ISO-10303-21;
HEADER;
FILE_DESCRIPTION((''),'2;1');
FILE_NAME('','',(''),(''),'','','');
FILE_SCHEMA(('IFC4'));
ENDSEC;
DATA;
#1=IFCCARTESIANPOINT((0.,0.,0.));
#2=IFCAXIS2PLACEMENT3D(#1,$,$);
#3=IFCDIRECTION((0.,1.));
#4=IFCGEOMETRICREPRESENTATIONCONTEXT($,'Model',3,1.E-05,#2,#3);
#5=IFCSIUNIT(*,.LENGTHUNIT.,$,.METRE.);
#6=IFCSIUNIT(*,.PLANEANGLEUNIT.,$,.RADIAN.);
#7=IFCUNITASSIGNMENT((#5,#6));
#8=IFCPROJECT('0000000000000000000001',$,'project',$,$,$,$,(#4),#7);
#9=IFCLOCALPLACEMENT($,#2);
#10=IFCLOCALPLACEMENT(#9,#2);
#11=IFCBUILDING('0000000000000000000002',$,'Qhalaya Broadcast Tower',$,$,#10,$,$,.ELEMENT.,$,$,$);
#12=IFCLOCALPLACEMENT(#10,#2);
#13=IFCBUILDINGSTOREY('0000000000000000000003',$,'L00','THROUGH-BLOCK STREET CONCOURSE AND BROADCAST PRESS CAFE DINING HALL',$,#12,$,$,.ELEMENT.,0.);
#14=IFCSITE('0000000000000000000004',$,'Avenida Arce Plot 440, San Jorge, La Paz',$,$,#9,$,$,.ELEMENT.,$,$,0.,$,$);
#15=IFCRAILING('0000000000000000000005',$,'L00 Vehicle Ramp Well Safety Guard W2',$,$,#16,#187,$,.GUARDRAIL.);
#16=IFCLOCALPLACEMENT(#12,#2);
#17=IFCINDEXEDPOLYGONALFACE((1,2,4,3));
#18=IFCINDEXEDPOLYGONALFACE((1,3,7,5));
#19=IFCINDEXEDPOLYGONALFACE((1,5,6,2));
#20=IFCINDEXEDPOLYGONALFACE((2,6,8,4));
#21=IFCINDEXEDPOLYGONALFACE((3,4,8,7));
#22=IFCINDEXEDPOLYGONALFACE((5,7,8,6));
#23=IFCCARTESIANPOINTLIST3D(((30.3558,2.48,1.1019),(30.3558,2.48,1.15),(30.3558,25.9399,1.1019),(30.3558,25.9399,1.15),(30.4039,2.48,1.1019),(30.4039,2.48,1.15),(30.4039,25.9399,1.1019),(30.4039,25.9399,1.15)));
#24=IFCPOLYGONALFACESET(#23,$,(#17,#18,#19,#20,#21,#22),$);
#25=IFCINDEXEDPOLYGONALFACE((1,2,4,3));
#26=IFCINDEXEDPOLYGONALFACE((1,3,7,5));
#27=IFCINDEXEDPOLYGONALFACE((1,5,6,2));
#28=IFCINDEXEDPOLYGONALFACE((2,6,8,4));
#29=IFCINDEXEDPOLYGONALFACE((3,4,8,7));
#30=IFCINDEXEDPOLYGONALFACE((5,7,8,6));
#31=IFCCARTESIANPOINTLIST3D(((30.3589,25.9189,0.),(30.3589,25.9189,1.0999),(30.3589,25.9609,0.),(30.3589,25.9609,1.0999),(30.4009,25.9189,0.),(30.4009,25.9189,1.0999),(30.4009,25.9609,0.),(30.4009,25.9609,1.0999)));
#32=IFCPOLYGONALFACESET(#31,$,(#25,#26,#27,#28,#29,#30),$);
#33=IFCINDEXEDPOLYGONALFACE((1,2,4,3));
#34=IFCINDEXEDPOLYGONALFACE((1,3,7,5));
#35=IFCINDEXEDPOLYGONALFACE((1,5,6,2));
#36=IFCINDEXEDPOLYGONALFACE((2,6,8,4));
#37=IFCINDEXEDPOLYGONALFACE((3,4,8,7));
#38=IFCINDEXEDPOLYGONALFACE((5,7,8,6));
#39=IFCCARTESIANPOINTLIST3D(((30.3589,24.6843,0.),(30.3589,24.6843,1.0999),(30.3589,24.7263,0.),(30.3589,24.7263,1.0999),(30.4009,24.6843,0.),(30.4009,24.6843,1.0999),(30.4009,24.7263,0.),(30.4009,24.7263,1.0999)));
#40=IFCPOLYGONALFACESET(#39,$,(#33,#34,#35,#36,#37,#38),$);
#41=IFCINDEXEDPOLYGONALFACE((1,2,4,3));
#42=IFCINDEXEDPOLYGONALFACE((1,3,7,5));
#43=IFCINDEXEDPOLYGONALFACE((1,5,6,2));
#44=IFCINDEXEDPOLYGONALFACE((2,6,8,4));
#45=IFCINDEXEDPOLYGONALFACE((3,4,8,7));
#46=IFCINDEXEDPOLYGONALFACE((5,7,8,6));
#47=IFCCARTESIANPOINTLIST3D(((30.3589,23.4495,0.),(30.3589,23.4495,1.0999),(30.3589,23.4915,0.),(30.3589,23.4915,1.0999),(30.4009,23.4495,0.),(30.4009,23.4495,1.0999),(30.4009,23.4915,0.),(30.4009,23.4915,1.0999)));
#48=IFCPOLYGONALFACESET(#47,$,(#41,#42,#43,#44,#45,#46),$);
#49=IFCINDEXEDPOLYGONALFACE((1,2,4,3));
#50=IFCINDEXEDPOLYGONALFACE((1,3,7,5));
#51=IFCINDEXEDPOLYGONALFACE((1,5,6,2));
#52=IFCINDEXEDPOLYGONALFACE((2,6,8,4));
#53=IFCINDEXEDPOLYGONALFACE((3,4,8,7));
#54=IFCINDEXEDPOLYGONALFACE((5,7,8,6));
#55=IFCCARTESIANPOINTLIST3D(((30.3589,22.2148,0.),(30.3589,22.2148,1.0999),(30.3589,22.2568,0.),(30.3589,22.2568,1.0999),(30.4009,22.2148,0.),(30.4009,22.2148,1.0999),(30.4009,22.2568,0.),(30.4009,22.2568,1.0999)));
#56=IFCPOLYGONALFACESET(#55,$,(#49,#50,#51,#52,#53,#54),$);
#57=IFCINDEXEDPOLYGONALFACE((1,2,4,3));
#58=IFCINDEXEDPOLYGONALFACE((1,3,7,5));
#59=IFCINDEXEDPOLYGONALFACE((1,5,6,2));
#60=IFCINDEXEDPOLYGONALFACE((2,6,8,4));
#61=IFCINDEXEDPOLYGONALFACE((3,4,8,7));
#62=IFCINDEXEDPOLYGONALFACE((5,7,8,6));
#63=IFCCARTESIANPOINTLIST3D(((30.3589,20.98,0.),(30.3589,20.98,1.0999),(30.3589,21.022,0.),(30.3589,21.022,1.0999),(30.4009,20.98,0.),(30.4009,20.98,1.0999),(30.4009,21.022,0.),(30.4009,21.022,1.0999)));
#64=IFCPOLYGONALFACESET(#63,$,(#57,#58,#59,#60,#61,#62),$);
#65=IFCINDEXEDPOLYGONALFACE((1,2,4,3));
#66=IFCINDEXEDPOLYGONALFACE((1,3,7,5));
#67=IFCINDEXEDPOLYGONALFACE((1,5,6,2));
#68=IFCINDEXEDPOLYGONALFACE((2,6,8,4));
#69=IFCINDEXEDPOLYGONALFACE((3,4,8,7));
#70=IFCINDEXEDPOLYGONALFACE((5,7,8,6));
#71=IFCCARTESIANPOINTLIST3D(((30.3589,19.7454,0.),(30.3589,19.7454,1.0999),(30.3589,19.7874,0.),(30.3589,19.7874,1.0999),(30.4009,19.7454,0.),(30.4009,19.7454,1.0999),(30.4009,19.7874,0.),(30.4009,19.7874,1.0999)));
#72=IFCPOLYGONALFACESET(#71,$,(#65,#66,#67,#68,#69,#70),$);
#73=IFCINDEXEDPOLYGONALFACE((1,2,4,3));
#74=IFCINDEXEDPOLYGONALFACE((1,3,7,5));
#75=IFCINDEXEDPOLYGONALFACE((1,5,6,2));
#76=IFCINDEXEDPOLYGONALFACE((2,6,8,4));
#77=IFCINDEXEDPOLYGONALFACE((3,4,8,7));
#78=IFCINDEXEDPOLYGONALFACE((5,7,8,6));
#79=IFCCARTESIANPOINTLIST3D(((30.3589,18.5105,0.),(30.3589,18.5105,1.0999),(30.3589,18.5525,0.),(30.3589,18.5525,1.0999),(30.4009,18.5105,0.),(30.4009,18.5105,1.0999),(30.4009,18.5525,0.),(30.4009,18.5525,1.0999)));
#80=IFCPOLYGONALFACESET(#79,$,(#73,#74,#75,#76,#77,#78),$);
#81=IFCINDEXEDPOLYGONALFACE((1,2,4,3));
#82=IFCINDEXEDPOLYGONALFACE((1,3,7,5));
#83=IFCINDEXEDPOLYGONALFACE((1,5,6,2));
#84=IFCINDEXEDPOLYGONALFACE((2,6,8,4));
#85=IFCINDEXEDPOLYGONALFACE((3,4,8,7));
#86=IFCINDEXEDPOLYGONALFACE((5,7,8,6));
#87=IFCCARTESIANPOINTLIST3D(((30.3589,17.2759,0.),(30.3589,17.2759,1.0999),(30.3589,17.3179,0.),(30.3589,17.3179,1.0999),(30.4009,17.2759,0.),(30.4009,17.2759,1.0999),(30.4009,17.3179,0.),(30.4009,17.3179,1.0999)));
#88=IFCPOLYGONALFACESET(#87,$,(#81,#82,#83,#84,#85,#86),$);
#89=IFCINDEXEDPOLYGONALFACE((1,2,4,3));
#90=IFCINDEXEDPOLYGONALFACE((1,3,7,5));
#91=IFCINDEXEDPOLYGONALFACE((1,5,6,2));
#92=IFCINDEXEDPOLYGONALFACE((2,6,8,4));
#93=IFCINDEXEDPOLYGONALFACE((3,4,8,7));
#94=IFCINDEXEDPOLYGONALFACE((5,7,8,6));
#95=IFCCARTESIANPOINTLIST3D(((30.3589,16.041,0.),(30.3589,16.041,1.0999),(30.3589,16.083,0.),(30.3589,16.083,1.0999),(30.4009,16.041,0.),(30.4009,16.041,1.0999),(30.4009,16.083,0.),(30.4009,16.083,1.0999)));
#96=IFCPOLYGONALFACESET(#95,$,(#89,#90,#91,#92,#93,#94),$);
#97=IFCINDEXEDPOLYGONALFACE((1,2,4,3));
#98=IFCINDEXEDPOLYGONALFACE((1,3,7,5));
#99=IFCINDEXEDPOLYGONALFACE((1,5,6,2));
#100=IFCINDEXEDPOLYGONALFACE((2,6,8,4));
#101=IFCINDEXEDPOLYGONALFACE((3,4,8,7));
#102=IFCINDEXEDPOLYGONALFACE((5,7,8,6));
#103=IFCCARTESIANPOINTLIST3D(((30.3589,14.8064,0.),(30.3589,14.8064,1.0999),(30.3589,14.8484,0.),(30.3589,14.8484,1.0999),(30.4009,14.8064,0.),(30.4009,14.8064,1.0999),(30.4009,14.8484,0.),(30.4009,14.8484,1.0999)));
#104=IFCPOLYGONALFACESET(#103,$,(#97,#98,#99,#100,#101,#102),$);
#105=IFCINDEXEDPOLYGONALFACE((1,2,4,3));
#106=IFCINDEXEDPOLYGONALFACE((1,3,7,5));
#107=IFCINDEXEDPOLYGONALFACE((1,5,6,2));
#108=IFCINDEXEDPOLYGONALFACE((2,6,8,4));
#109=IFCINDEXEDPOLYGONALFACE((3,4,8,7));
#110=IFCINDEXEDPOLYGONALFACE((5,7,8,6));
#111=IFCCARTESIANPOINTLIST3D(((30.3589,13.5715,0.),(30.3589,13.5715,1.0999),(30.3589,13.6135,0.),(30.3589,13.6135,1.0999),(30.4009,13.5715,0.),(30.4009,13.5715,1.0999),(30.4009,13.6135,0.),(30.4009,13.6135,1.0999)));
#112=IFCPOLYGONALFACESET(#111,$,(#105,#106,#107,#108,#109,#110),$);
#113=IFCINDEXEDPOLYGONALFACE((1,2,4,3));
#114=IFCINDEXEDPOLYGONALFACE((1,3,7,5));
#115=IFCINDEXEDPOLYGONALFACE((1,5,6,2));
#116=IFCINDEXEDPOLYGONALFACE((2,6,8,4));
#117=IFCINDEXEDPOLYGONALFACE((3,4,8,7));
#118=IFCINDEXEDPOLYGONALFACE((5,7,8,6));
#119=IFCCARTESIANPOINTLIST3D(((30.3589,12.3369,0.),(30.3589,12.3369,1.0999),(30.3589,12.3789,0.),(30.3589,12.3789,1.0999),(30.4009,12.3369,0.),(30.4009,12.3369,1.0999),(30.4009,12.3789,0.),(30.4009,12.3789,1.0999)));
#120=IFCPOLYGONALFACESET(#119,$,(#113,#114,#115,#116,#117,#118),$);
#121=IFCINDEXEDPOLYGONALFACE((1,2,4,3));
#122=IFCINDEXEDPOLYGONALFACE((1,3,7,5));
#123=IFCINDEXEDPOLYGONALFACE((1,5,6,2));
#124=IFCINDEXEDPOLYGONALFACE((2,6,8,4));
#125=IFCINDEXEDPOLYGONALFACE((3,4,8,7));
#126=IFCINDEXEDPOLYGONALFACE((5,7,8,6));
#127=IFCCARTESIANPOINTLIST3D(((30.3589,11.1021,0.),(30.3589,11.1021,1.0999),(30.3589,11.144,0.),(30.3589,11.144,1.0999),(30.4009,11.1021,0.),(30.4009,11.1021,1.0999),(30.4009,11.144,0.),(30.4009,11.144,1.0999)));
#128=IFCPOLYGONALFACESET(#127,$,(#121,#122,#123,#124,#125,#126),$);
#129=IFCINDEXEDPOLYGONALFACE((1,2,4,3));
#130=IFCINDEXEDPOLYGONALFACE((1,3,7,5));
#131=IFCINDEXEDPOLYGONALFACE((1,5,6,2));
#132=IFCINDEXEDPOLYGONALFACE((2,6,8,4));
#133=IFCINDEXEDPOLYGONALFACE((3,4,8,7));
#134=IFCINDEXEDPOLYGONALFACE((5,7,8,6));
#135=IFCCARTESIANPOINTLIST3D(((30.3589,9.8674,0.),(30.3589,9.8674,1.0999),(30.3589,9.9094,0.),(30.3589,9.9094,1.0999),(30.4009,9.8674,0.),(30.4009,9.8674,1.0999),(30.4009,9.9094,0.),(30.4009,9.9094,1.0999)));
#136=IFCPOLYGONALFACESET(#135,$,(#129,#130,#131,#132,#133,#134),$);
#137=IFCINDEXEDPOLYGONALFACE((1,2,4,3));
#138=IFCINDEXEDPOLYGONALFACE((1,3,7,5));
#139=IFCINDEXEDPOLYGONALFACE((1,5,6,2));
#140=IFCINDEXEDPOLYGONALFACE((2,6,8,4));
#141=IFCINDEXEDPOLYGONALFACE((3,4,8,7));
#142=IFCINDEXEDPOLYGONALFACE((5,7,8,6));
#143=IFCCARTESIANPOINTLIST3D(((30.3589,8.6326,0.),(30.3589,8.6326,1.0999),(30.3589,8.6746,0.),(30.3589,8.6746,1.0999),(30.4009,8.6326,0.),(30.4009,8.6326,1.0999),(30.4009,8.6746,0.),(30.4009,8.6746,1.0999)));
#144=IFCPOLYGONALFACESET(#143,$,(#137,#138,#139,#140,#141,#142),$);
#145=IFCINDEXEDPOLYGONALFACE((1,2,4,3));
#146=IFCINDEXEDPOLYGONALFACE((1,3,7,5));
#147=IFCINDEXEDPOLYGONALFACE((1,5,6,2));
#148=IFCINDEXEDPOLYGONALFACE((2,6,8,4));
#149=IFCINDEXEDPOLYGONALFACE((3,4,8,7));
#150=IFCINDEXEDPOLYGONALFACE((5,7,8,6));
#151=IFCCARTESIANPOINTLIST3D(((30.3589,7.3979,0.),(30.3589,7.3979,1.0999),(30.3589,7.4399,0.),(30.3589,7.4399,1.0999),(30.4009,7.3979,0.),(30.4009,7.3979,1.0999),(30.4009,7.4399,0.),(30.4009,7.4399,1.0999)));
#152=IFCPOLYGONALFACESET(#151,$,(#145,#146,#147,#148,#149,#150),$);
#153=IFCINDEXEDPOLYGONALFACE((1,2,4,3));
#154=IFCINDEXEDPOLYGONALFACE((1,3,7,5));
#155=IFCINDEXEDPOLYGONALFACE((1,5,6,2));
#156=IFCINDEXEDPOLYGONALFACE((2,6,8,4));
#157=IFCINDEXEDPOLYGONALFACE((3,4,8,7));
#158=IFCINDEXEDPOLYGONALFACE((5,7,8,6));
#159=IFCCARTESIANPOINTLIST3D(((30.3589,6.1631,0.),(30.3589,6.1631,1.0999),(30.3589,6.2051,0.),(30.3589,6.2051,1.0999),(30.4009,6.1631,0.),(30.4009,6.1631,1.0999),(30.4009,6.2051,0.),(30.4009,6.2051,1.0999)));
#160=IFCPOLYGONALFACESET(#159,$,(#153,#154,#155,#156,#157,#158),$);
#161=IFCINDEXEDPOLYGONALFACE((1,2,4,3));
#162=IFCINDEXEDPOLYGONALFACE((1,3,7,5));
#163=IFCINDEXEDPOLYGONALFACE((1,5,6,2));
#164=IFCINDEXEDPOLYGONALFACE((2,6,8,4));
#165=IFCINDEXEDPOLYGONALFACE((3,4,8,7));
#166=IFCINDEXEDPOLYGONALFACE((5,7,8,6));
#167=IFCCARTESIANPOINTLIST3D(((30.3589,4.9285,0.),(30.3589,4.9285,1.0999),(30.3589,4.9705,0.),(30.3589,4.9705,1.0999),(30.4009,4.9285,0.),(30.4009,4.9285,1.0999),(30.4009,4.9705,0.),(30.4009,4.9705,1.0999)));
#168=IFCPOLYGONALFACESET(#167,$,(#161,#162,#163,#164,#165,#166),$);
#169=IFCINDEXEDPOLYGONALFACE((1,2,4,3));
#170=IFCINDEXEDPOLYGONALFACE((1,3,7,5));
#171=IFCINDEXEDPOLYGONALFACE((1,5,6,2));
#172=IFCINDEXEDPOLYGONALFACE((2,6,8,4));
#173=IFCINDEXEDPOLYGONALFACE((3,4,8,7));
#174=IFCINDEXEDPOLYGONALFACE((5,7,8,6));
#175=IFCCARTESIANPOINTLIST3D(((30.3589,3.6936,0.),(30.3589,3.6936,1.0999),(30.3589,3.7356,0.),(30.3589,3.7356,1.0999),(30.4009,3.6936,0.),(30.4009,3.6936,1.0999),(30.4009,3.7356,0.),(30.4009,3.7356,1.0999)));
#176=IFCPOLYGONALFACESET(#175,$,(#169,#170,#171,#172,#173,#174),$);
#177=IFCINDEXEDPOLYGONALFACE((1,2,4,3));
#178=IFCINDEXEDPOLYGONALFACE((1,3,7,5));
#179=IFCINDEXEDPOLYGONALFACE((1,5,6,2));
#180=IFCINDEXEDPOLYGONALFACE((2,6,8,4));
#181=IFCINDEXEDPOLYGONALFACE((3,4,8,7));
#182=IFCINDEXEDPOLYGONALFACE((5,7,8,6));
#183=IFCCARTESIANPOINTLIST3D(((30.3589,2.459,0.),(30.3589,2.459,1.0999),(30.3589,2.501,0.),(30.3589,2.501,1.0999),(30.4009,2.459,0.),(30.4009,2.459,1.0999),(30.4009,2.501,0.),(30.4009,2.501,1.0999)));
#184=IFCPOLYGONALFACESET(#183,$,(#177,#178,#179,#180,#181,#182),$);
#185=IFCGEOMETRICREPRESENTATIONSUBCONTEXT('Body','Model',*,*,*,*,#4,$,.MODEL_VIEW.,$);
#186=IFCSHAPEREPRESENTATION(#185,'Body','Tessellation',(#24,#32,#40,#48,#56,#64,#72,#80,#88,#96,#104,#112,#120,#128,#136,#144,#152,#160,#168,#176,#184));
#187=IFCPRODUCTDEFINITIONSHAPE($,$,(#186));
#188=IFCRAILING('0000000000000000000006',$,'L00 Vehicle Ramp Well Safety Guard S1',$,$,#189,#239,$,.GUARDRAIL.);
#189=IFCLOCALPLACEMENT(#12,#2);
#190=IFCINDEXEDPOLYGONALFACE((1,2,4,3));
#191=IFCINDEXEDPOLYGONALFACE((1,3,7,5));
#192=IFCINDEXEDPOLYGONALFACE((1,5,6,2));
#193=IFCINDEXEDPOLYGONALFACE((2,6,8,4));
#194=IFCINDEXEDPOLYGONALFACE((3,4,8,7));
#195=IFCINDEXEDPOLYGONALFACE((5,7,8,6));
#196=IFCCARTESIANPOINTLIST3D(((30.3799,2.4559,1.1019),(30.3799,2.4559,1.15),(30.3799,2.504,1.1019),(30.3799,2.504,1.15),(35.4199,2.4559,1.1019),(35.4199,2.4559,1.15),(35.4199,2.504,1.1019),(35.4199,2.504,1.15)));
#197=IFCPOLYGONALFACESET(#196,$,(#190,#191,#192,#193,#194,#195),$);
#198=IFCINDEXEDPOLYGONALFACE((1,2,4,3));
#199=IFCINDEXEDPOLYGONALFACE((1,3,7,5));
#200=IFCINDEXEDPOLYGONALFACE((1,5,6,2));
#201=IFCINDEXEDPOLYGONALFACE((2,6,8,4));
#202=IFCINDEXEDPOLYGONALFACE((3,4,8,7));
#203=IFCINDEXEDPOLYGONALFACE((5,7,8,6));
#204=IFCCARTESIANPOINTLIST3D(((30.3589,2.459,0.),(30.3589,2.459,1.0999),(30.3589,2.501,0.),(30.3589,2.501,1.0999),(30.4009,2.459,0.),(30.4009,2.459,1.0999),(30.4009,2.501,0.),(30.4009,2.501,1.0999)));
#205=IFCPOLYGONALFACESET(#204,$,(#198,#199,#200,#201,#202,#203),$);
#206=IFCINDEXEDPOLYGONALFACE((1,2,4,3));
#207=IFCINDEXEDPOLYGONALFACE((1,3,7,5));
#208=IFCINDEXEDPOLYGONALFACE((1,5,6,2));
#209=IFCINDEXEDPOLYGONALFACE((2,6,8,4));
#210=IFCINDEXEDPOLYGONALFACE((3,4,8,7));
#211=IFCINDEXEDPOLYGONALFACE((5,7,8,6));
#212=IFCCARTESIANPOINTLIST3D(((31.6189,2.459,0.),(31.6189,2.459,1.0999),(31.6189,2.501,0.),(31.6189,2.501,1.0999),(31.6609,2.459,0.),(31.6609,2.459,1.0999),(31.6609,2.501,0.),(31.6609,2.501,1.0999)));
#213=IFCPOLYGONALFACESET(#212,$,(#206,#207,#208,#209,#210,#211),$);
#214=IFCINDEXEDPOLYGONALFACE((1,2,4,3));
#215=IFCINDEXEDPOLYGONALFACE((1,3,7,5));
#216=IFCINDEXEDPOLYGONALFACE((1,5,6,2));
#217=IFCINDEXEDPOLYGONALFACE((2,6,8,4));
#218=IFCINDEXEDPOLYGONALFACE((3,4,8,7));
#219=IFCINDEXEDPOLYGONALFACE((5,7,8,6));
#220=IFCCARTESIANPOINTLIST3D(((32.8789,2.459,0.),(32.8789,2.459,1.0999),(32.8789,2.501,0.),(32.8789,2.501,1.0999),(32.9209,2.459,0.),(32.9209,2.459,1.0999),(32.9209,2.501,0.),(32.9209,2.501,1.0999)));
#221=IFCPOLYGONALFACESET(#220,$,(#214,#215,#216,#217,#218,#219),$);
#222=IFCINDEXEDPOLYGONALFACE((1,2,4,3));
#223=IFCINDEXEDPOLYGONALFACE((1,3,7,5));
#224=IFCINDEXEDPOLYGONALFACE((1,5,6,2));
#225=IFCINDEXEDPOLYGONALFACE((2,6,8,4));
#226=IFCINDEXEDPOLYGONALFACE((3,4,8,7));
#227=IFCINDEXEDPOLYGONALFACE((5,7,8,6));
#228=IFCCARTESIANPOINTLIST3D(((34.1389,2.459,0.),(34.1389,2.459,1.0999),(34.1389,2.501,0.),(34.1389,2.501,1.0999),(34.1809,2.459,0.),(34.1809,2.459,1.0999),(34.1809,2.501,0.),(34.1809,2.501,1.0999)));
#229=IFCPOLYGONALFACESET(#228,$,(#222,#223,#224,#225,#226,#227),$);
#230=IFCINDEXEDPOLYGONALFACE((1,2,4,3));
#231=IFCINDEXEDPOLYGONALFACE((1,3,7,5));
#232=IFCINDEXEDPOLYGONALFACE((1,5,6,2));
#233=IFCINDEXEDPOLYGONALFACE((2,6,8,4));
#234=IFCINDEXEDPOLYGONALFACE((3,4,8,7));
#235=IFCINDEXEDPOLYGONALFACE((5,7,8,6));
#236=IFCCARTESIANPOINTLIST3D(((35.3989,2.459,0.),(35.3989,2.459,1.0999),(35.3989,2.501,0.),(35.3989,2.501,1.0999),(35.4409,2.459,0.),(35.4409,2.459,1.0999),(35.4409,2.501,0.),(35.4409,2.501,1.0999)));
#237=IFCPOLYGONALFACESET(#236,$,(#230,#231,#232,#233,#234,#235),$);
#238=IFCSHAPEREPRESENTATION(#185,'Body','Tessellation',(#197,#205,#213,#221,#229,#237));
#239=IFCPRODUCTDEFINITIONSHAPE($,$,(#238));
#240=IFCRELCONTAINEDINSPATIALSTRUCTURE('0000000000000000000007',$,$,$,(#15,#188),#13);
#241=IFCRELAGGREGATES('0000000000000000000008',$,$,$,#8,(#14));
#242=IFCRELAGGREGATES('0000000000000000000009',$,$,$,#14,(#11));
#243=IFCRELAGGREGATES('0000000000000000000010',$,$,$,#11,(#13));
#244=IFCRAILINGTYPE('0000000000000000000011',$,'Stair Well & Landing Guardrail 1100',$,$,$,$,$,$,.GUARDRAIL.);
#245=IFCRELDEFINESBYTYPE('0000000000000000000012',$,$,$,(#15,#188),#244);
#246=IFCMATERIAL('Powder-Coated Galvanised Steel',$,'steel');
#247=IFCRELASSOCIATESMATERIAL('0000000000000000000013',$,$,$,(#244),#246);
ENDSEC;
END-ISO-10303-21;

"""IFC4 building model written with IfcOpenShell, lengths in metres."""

from ifc_helpers import new_model, si_unit, direction, frame, origin, origin_2d, place, context, subcontext, project, spatial, rectangle, extrude, material, type_object, element, save


model = new_model("IFC4")

# Units and contexts
model_context = context("Model", 3, precision=1e-05, world=origin(), true_north=direction((0.0, 1.0)))
body_context = subcontext(model_context, "Body", "Model", "MODEL_VIEW")
ifc_project = project(units=[si_unit("LENGTHUNIT", "METRE"), si_unit("PLANEANGLEUNIT", "RADIAN")], contexts=[model_context])

# Site, building, storey
site_placement = place(None, origin())
site = spatial("IfcSite", under=ifc_project, at=site_placement, Name="Avenida Arce Plot 440, San Jorge, La Paz", CompositionType="ELEMENT", RefElevation=0.0)
building_placement = place(site_placement, origin())
building = spatial("IfcBuilding", under=site, at=building_placement, Name="Qhalaya Broadcast Tower", CompositionType="ELEMENT")
storey_placement = place(building_placement, origin())
storey = spatial("IfcBuildingStorey", under=building, at=storey_placement, Name="L00", Description="THROUGH-BLOCK STREET CONCOURSE AND BROADCAST PRESS CAFE DINING HALL", CompositionType="ELEMENT", Elevation=0.0)

# Railings
ifc_material_1 = material(Name="Powder-Coated Galvanised Steel", Category="steel")
railing_type = type_object("IfcRailingType", Name="Stair Well & Landing Guardrail 1100", PredefinedType="GUARDRAIL", material=ifc_material_1)
railing_1_placement = place(storey_placement, frame((30.3799, 25.9399, 0.0)))
element("IfcRailing", 1, at=railing_1_placement, inside=storey, type_object=railing_type, Name="L00 Vehicle Ramp Well Safety Guard W2", PredefinedType="GUARDRAIL", context=body_context, shape_type="SweptSolid", body=[
    extrude(rectangle(XDim=0.0481, YDim=0.0481, at=origin_2d()), frame((0.0, 0.0, 1.126), z_axis=(0.0, -1.0, 0.0), x_axis=(1.0, 0.0, 0.0)), (0.0, 0.0, 1.0), 23.46),
    extrude(rectangle(XDim=0.042, YDim=0.042, at=origin_2d()), origin(), (0.0, 0.0, 1.0), 1.0999),
    extrude(rectangle(XDim=0.042, YDim=0.042, at=origin_2d()), frame((0.0, -1.2346, 0.0)), (0.0, 0.0, 1.0), 1.0999),
    extrude(rectangle(XDim=0.042, YDim=0.042, at=origin_2d()), frame((0.0, -2.4695, 0.0)), (0.0, 0.0, 1.0), 1.0999),
    extrude(rectangle(XDim=0.042, YDim=0.042, at=origin_2d()), frame((0.0, -3.7041, 0.0)), (0.0, 0.0, 1.0), 1.0999),
    extrude(rectangle(XDim=0.042, YDim=0.042, at=origin_2d()), frame((0.0, -4.939, 0.0)), (0.0, 0.0, 1.0), 1.0999),
    extrude(rectangle(XDim=0.042, YDim=0.042, at=origin_2d()), frame((0.0, -6.1736, 0.0)), (0.0, 0.0, 1.0), 1.0999),
    extrude(rectangle(XDim=0.042, YDim=0.042, at=origin_2d()), frame((0.0, -7.4084, 0.0)), (0.0, 0.0, 1.0), 1.0999),
    extrude(rectangle(XDim=0.042, YDim=0.042, at=origin_2d()), frame((0.0, -8.6431, 0.0)), (0.0, 0.0, 1.0), 1.0999),
    extrude(rectangle(XDim=0.042, YDim=0.042, at=origin_2d()), frame((0.0, -9.8779, 0.0)), (0.0, 0.0, 1.0), 1.0999),
    extrude(rectangle(XDim=0.042, YDim=0.042, at=origin_2d()), frame((0.0, -11.1125, 0.0)), (0.0, 0.0, 1.0), 1.0999),
    extrude(rectangle(XDim=0.042, YDim=0.042, at=origin_2d()), frame((0.0, -12.3474, 0.0)), (0.0, 0.0, 1.0), 1.0999),
    extrude(rectangle(XDim=0.042, YDim=0.042, at=origin_2d()), frame((0.0, -13.582, 0.0)), (0.0, 0.0, 1.0), 1.0999),
    extrude(rectangle(XDim=0.042, YDim=0.042, at=origin_2d()), frame((0.0, -14.8169, 0.0)), (0.0, 0.0, 1.0), 1.0999),
    extrude(rectangle(XDim=0.042, YDim=0.042, at=origin_2d()), frame((0.0, -16.0515, 0.0)), (0.0, 0.0, 1.0), 1.0999),
    extrude(rectangle(XDim=0.042, YDim=0.042, at=origin_2d()), frame((0.0, -17.2864, 0.0)), (0.0, 0.0, 1.0), 1.0999),
    extrude(rectangle(XDim=0.042, YDim=0.042, at=origin_2d()), frame((0.0, -18.521, 0.0)), (0.0, 0.0, 1.0), 1.0999),
    extrude(rectangle(XDim=0.042, YDim=0.042, at=origin_2d()), frame((0.0, -19.7559, 0.0)), (0.0, 0.0, 1.0), 1.0999),
    extrude(rectangle(XDim=0.042, YDim=0.042, at=origin_2d()), frame((0.0, -20.9905, 0.0)), (0.0, 0.0, 1.0), 1.0999),
    extrude(rectangle(XDim=0.042, YDim=0.042, at=origin_2d()), frame((0.0, -22.2253, 0.0)), (0.0, 0.0, 1.0), 1.0999),
    extrude(rectangle(XDim=0.042, YDim=0.042, at=origin_2d()), frame((0.0, -23.46, 0.0)), (0.0, 0.0, 1.0), 1.0999),
])
railing_2_placement = place(storey_placement, frame((30.3799, 2.48, 0.0)))
element("IfcRailing", 2, at=railing_2_placement, inside=storey, type_object=railing_type, Name="L00 Vehicle Ramp Well Safety Guard S1", PredefinedType="GUARDRAIL", context=body_context, shape_type="SweptSolid", body=[
    extrude(rectangle(XDim=0.0481, YDim=0.0481, at=origin_2d()), frame((0.0, 0.0, 1.126), z_axis=(1.0, 0.0, 0.0), x_axis=(0.0, 1.0, 0.0)), (0.0, 0.0, 1.0), 5.04),
    extrude(rectangle(XDim=0.042, YDim=0.042, at=origin_2d()), origin(), (0.0, 0.0, 1.0), 1.0999),
    extrude(rectangle(XDim=0.042, YDim=0.042, at=origin_2d()), frame((1.26, 0.0, 0.0)), (0.0, 0.0, 1.0), 1.0999),
    extrude(rectangle(XDim=0.042, YDim=0.042, at=origin_2d()), frame((2.52, 0.0, 0.0)), (0.0, 0.0, 1.0), 1.0999),
    extrude(rectangle(XDim=0.042, YDim=0.042, at=origin_2d()), frame((3.78, 0.0, 0.0)), (0.0, 0.0, 1.0), 1.0999),
    extrude(rectangle(XDim=0.042, YDim=0.042, at=origin_2d()), frame((5.04, 0.0, 0.0)), (0.0, 0.0, 1.0), 1.0999),
])

save(model, "model.ifc")
